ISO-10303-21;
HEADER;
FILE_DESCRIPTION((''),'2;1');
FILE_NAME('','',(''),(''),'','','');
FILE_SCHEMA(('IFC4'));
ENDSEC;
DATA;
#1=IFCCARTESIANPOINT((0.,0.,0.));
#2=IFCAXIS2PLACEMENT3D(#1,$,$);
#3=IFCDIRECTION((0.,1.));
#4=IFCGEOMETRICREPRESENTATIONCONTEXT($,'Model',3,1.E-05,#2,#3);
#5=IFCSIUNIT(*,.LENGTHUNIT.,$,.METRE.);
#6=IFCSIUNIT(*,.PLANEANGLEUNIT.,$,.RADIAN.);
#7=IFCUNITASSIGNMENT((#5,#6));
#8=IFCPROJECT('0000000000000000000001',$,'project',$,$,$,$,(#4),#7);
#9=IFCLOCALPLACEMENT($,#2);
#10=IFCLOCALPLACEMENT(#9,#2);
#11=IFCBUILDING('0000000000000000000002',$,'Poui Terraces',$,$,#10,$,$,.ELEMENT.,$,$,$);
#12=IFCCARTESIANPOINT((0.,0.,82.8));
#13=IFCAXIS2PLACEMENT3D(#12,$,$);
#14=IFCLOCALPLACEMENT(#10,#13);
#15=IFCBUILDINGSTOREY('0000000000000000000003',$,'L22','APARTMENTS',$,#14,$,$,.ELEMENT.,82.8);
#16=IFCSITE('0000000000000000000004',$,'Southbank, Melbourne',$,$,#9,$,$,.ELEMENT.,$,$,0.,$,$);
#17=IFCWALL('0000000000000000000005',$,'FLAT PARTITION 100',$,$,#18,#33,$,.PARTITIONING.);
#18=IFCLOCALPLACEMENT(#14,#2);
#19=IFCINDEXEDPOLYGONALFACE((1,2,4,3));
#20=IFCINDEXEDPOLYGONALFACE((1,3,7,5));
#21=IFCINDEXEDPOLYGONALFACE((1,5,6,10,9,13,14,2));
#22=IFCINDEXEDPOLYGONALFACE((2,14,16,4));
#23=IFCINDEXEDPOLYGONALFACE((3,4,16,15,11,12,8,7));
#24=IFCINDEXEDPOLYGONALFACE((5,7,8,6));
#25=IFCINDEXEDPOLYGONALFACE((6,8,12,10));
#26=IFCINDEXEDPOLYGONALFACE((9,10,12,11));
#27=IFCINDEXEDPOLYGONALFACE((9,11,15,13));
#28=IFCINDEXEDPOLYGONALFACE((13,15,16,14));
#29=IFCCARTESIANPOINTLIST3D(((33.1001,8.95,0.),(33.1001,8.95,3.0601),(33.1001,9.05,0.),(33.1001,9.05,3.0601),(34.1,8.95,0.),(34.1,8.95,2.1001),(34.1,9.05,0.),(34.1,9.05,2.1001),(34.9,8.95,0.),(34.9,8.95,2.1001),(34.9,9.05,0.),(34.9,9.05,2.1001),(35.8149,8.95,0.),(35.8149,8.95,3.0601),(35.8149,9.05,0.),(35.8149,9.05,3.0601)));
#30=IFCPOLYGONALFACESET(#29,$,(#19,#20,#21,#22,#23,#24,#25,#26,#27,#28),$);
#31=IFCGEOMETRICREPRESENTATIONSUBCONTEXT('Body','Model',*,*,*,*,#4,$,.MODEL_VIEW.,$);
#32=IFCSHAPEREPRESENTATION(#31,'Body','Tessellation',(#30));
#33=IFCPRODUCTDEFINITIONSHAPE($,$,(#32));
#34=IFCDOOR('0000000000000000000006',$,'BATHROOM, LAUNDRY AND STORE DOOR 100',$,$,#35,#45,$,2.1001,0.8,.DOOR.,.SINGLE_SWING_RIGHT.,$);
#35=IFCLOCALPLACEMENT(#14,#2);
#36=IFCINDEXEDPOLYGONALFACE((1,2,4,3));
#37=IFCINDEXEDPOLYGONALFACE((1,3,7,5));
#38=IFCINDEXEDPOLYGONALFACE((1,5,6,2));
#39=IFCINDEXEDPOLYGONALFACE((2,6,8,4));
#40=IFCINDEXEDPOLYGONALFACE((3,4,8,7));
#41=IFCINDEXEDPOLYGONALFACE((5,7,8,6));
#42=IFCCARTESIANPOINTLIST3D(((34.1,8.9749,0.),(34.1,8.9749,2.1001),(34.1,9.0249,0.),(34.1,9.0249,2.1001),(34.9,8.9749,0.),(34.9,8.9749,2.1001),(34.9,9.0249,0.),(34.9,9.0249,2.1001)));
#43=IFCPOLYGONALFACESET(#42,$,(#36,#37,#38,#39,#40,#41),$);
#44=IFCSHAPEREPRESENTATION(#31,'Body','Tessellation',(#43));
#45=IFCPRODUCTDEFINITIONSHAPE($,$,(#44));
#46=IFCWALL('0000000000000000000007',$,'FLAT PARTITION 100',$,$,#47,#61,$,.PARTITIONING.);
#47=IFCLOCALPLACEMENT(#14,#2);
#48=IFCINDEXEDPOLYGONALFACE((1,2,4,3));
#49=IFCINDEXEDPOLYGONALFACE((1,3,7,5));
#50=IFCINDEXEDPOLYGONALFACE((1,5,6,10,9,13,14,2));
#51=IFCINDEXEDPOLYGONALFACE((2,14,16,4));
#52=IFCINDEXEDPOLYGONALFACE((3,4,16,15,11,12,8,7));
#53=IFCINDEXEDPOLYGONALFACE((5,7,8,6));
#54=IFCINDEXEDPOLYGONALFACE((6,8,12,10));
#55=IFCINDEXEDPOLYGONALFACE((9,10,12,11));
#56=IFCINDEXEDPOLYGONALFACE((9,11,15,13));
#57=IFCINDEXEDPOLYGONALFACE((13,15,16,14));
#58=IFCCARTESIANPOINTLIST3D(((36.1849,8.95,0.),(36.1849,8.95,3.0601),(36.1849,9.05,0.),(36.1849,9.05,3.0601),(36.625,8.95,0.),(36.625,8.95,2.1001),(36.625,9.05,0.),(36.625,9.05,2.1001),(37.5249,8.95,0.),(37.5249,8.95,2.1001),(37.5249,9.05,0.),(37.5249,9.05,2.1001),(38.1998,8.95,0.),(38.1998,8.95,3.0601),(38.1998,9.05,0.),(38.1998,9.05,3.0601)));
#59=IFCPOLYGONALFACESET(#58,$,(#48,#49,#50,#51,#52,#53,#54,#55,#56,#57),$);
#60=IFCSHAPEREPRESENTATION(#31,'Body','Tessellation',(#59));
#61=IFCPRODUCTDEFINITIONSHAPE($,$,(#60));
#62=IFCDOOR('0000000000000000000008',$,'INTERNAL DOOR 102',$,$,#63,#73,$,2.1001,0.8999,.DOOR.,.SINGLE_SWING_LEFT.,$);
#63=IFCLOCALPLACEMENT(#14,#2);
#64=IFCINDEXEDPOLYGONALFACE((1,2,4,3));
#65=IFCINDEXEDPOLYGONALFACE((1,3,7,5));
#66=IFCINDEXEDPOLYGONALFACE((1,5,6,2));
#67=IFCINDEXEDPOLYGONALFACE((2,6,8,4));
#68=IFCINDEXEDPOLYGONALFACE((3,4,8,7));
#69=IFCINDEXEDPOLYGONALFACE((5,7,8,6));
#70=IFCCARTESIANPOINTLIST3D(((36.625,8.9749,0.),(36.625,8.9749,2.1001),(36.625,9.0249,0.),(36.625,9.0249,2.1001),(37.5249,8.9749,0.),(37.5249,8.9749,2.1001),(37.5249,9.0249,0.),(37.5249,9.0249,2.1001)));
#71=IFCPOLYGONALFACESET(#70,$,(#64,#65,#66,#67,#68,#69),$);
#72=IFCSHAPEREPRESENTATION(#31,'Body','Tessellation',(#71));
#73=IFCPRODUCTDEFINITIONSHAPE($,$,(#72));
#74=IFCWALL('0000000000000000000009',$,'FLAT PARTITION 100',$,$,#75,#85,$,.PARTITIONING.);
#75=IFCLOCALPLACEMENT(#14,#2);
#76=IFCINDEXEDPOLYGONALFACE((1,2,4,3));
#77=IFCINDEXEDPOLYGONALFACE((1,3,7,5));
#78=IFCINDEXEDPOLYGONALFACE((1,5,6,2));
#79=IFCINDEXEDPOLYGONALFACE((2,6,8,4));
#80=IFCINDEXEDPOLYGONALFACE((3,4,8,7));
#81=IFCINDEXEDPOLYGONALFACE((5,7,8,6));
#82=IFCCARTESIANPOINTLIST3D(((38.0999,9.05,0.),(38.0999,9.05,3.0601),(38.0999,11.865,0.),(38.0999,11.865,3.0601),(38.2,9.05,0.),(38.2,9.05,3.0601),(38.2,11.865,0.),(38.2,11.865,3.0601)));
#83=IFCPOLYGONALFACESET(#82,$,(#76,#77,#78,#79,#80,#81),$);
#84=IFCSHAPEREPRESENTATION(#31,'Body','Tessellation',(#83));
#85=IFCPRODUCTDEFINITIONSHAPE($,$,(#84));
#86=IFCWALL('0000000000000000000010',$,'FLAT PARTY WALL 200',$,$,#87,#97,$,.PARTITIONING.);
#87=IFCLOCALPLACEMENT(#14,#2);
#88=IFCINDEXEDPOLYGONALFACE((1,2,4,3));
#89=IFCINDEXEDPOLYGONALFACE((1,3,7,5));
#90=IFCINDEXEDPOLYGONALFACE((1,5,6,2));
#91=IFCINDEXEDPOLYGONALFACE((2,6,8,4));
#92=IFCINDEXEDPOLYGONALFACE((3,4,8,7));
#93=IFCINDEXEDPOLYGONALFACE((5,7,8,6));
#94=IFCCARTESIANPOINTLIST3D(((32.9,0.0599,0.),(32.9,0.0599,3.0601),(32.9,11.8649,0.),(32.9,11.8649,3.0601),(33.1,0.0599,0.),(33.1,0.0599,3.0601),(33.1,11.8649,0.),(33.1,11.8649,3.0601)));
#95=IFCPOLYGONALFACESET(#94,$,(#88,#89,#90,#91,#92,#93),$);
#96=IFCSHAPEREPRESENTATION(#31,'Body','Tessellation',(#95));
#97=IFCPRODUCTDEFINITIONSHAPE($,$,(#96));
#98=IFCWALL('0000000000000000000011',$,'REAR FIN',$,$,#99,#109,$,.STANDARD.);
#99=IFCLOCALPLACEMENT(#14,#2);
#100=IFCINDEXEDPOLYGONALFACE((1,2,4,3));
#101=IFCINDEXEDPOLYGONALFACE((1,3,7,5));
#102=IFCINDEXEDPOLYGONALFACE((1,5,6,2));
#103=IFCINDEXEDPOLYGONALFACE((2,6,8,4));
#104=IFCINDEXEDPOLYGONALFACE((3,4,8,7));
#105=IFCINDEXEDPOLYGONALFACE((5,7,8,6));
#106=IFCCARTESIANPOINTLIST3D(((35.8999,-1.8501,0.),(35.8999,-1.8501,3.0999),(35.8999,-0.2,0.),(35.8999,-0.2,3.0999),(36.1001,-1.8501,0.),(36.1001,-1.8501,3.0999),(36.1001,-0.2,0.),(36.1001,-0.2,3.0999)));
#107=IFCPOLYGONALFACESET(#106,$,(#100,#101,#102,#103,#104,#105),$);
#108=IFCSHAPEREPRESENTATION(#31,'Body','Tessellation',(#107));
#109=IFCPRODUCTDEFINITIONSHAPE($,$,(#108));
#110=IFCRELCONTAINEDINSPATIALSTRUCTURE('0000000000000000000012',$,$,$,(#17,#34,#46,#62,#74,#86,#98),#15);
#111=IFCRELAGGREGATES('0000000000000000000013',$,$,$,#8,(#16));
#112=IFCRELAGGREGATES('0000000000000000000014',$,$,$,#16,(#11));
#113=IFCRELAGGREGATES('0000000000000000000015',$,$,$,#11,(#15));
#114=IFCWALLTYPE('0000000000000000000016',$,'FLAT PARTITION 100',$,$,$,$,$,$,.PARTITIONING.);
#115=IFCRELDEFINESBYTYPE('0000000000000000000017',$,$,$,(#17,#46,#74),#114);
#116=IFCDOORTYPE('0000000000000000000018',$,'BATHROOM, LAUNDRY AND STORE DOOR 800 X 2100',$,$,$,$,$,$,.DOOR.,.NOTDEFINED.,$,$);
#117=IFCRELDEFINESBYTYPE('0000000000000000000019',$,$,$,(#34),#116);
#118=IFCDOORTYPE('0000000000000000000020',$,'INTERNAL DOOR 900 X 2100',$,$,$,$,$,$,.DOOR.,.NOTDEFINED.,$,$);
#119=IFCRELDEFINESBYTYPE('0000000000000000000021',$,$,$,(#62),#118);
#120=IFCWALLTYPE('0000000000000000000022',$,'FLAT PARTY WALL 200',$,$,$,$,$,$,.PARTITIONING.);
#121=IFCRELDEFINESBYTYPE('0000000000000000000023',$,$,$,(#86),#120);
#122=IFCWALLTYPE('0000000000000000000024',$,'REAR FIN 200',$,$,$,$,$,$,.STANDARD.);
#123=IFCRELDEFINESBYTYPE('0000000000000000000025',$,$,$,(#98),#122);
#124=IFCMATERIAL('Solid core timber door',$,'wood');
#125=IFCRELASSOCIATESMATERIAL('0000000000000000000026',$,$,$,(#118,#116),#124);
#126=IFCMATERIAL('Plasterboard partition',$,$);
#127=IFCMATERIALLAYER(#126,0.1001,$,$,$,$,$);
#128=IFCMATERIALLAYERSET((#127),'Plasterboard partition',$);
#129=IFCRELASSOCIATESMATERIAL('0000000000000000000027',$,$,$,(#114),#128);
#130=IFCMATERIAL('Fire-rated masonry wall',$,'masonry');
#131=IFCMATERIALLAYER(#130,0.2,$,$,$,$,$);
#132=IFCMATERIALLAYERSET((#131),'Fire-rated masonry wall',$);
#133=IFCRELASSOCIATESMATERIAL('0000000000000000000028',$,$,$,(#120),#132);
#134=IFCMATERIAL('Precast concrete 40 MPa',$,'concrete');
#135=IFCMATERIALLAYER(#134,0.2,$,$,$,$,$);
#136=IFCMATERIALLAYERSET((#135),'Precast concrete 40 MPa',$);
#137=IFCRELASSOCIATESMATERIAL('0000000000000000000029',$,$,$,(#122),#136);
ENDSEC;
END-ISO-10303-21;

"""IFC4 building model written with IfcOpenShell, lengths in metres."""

from ifc_helpers import new_model, si_unit, direction, frame, frame_2d, origin, place, context, subcontext, project, spatial, polyline, rectangle, outline, extrude, source, transform, mapped, material, layer, layer_set, type_object, element, fill, save


model = new_model("IFC4")

# Units and contexts
model_context = context("Model", 3, precision=1e-05, world=origin(), true_north=direction((0.0, 1.0)))
body_context = subcontext(model_context, "Body", "Model", "MODEL_VIEW")
ifc_project = project(units=[si_unit("LENGTHUNIT", "METRE"), si_unit("PLANEANGLEUNIT", "RADIAN")], contexts=[model_context])

# Site, building, storey
site_placement = place(None, origin())
site = spatial("IfcSite", under=ifc_project, at=site_placement, Name="Southbank, Melbourne", CompositionType="ELEMENT", RefElevation=0.0)
building_placement = place(site_placement, origin())
building = spatial("IfcBuilding", under=site, at=building_placement, Name="Poui Terraces", CompositionType="ELEMENT")
storey_placement = place(building_placement, frame((0.0, 0.0, 82.8)))
storey = spatial("IfcBuildingStorey", under=building, at=storey_placement, Name="L22", Description="APARTMENTS", CompositionType="ELEMENT", Elevation=82.8)

# Shared definitions
ifc_material_1 = material(Name="Precast concrete 40 MPa", Category="concrete")

# Walls, openings, doors
ifc_material_2 = material(Name="Solid core timber door", Category="wood")
door_type_1 = type_object("IfcDoorType", Name="INTERNAL DOOR 900 X 2100", OperationType="NOTDEFINED", PredefinedType="DOOR", material=ifc_material_2)
ifc_material_3 = material(Name="Plasterboard partition")
ifc_layer_1 = layer(ifc_material_3, 0.1001)
ifc_layer_set_1 = layer_set([ifc_layer_1], Name="Plasterboard partition")
wall_type_1 = type_object("IfcWallType", Name="FLAT PARTITION 100", PredefinedType="PARTITIONING", material=ifc_layer_set_1)
wall_1_placement = place(storey_placement, frame((33.1001, 9.0, 0.0), z_axis=(0.0, 0.0, 1.0), x_axis=(1.0, 0.0, 0.0)))
wall_1 = element("IfcWall", 1, at=wall_1_placement, inside=storey, type_object=wall_type_1, Name="FLAT PARTITION 100", PredefinedType="PARTITIONING", context=body_context, shape_type="SweptSolid", body=[
    extrude(rectangle(XDim=2.7148, YDim=0.1001, at=frame_2d((1.3574, 0.0))), origin(), (0.0, 0.0, 1.0), 3.0601),
])
opening_1_placement = place(wall_1_placement, frame((1.0, 0.0, 0.0)))
opening_1 = element("IfcOpeningElement", 2, at=opening_1_placement, cuts=wall_1, PredefinedType="OPENING", context=body_context, shape_type="SweptSolid", body=[
    extrude(rectangle(XDim=0.8, YDim=2.1001, at=frame_2d((0.3999, 1.05))), frame((0.0, 0.0601, 0.0), z_axis=(0.0, -1.0, 0.0), x_axis=(1.0, 0.0, 0.0)), (0.0, 0.0, 1.0), 0.1201),
])
door_type_2 = type_object("IfcDoorType", Name="BATHROOM, LAUNDRY AND STORE DOOR 800 X 2100", OperationType="NOTDEFINED", PredefinedType="DOOR", material=ifc_material_2)
door_1_placement = place(opening_1_placement, origin())
door_1 = element("IfcDoor", 3, at=door_1_placement, inside=storey, type_object=door_type_2, Name="BATHROOM, LAUNDRY AND STORE DOOR 100", OperationType="SINGLE_SWING_RIGHT", OverallHeight=2.1001, OverallWidth=0.8, PredefinedType="DOOR", context=body_context, shape_type="SweptSolid", body=[
    extrude(rectangle(XDim=0.8, YDim=2.1001, at=frame_2d((0.3999, 1.05))), frame((0.0, 0.0249, 0.0), z_axis=(0.0, -1.0, 0.0), x_axis=(1.0, 0.0, 0.0)), (0.0, 0.0, 1.0), 0.05),
])
fill(opening_1, door_1)
wall_2_placement = place(storey_placement, frame((36.1851, 9.0, 0.0), z_axis=(0.0, 0.0, 1.0), x_axis=(1.0, 0.0, 0.0)))
wall_2 = element("IfcWall", 4, at=wall_2_placement, inside=storey, type_object=wall_type_1, Name="FLAT PARTITION 100", PredefinedType="PARTITIONING", context=body_context, shape_type="SweptSolid", body=[
    extrude(rectangle(XDim=2.0149, YDim=0.1001, at=frame_2d((1.0073, 0.0))), origin(), (0.0, 0.0, 1.0), 3.0601),
])
opening_2_placement = place(wall_2_placement, frame((0.4399, 0.0, 0.0)))
opening_2 = element("IfcOpeningElement", 5, at=opening_2_placement, cuts=wall_2, PredefinedType="OPENING", context=body_context, shape_type="SweptSolid", body=[
    extrude(rectangle(XDim=0.8999, YDim=2.1001, at=frame_2d((0.45, 1.05))), frame((0.0, 0.0601, 0.0), z_axis=(0.0, -1.0, 0.0), x_axis=(1.0, 0.0, 0.0)), (0.0, 0.0, 1.0), 0.1201),
])
door_2_placement = place(opening_2_placement, origin())
door_2 = element("IfcDoor", 6, at=door_2_placement, inside=storey, type_object=door_type_1, Name="INTERNAL DOOR 102", OperationType="SINGLE_SWING_LEFT", OverallHeight=2.1001, OverallWidth=0.8999, PredefinedType="DOOR", context=body_context, shape_type="SweptSolid", body=[
    extrude(rectangle(XDim=0.8999, YDim=2.1001, at=frame_2d((0.45, 1.05))), frame((0.0, 0.0249, 0.0), z_axis=(0.0, -1.0, 0.0), x_axis=(1.0, 0.0, 0.0)), (0.0, 0.0, 1.0), 0.05),
])
fill(opening_2, door_2)

# Walls
wall_3_placement = place(storey_placement, frame((38.1499, 9.05, 0.0), z_axis=(0.0, 0.0, 1.0), x_axis=(0.0, 1.0, 0.0)))
element("IfcWall", 7, at=wall_3_placement, inside=storey, type_object=wall_type_1, Name="FLAT PARTITION 100", PredefinedType="PARTITIONING", context=body_context, shape_type="SweptSolid", body=[
    extrude(rectangle(XDim=2.8149, YDim=0.1001, at=frame_2d((1.4075, 0.0))), origin(), (0.0, 0.0, 1.0), 3.0601),
])
ifc_material_4 = material(Name="Fire-rated masonry wall", Category="masonry")
ifc_layer_2 = layer(ifc_material_4, 0.2)
ifc_layer_set_2 = layer_set([ifc_layer_2], Name="Fire-rated masonry wall")
wall_type_2 = type_object("IfcWallType", Name="FLAT PARTY WALL 200", PredefinedType="PARTITIONING", material=ifc_layer_set_2)
wall_4_placement = place(storey_placement, frame((33.0, 0.0601, 0.0), z_axis=(0.0, 0.0, 1.0), x_axis=(0.0, 1.0, 0.0)))
element("IfcWall", 8, at=wall_4_placement, inside=storey, type_object=wall_type_2, Name="FLAT PARTY WALL 200", PredefinedType="PARTITIONING", context=body_context, shape_type="SweptSolid", body=[
    extrude(rectangle(XDim=11.8049, YDim=0.2, at=frame_2d((5.9023, 0.0))), origin(), (0.0, 0.0, 1.0), 3.0601),
])
ifc_layer_3 = layer(ifc_material_1, 0.2)
ifc_layer_set_3 = layer_set([ifc_layer_3], Name="Precast concrete 40 MPa")
wall_type_3 = type_object("IfcWallType", Name="REAR FIN 200", PredefinedType="STANDARD", material=ifc_layer_set_3)
shared_shape_1 = source(origin(), body_context, "Body", "SweptSolid", [
    extrude(outline(polyline([(0.0, 0.0), (0.2002, 0.0), (0.2002, 1.6501), (0.0, 1.6501), (0.0, 0.0)])), origin(), (0.0, 0.0, 1.0), 3.0999),
])
wall_5_placement = place(storey_placement, frame((35.8999, -1.8501, 0.0)))
element("IfcWall", 9, at=wall_5_placement, inside=storey, type_object=wall_type_3, Name="REAR FIN", PredefinedType="STANDARD", context=body_context, shape_type="MappedRepresentation", body=[
    mapped(shared_shape_1, transform((0.0, 0.0, 0.0))),
])

save(model, "model.ifc")
